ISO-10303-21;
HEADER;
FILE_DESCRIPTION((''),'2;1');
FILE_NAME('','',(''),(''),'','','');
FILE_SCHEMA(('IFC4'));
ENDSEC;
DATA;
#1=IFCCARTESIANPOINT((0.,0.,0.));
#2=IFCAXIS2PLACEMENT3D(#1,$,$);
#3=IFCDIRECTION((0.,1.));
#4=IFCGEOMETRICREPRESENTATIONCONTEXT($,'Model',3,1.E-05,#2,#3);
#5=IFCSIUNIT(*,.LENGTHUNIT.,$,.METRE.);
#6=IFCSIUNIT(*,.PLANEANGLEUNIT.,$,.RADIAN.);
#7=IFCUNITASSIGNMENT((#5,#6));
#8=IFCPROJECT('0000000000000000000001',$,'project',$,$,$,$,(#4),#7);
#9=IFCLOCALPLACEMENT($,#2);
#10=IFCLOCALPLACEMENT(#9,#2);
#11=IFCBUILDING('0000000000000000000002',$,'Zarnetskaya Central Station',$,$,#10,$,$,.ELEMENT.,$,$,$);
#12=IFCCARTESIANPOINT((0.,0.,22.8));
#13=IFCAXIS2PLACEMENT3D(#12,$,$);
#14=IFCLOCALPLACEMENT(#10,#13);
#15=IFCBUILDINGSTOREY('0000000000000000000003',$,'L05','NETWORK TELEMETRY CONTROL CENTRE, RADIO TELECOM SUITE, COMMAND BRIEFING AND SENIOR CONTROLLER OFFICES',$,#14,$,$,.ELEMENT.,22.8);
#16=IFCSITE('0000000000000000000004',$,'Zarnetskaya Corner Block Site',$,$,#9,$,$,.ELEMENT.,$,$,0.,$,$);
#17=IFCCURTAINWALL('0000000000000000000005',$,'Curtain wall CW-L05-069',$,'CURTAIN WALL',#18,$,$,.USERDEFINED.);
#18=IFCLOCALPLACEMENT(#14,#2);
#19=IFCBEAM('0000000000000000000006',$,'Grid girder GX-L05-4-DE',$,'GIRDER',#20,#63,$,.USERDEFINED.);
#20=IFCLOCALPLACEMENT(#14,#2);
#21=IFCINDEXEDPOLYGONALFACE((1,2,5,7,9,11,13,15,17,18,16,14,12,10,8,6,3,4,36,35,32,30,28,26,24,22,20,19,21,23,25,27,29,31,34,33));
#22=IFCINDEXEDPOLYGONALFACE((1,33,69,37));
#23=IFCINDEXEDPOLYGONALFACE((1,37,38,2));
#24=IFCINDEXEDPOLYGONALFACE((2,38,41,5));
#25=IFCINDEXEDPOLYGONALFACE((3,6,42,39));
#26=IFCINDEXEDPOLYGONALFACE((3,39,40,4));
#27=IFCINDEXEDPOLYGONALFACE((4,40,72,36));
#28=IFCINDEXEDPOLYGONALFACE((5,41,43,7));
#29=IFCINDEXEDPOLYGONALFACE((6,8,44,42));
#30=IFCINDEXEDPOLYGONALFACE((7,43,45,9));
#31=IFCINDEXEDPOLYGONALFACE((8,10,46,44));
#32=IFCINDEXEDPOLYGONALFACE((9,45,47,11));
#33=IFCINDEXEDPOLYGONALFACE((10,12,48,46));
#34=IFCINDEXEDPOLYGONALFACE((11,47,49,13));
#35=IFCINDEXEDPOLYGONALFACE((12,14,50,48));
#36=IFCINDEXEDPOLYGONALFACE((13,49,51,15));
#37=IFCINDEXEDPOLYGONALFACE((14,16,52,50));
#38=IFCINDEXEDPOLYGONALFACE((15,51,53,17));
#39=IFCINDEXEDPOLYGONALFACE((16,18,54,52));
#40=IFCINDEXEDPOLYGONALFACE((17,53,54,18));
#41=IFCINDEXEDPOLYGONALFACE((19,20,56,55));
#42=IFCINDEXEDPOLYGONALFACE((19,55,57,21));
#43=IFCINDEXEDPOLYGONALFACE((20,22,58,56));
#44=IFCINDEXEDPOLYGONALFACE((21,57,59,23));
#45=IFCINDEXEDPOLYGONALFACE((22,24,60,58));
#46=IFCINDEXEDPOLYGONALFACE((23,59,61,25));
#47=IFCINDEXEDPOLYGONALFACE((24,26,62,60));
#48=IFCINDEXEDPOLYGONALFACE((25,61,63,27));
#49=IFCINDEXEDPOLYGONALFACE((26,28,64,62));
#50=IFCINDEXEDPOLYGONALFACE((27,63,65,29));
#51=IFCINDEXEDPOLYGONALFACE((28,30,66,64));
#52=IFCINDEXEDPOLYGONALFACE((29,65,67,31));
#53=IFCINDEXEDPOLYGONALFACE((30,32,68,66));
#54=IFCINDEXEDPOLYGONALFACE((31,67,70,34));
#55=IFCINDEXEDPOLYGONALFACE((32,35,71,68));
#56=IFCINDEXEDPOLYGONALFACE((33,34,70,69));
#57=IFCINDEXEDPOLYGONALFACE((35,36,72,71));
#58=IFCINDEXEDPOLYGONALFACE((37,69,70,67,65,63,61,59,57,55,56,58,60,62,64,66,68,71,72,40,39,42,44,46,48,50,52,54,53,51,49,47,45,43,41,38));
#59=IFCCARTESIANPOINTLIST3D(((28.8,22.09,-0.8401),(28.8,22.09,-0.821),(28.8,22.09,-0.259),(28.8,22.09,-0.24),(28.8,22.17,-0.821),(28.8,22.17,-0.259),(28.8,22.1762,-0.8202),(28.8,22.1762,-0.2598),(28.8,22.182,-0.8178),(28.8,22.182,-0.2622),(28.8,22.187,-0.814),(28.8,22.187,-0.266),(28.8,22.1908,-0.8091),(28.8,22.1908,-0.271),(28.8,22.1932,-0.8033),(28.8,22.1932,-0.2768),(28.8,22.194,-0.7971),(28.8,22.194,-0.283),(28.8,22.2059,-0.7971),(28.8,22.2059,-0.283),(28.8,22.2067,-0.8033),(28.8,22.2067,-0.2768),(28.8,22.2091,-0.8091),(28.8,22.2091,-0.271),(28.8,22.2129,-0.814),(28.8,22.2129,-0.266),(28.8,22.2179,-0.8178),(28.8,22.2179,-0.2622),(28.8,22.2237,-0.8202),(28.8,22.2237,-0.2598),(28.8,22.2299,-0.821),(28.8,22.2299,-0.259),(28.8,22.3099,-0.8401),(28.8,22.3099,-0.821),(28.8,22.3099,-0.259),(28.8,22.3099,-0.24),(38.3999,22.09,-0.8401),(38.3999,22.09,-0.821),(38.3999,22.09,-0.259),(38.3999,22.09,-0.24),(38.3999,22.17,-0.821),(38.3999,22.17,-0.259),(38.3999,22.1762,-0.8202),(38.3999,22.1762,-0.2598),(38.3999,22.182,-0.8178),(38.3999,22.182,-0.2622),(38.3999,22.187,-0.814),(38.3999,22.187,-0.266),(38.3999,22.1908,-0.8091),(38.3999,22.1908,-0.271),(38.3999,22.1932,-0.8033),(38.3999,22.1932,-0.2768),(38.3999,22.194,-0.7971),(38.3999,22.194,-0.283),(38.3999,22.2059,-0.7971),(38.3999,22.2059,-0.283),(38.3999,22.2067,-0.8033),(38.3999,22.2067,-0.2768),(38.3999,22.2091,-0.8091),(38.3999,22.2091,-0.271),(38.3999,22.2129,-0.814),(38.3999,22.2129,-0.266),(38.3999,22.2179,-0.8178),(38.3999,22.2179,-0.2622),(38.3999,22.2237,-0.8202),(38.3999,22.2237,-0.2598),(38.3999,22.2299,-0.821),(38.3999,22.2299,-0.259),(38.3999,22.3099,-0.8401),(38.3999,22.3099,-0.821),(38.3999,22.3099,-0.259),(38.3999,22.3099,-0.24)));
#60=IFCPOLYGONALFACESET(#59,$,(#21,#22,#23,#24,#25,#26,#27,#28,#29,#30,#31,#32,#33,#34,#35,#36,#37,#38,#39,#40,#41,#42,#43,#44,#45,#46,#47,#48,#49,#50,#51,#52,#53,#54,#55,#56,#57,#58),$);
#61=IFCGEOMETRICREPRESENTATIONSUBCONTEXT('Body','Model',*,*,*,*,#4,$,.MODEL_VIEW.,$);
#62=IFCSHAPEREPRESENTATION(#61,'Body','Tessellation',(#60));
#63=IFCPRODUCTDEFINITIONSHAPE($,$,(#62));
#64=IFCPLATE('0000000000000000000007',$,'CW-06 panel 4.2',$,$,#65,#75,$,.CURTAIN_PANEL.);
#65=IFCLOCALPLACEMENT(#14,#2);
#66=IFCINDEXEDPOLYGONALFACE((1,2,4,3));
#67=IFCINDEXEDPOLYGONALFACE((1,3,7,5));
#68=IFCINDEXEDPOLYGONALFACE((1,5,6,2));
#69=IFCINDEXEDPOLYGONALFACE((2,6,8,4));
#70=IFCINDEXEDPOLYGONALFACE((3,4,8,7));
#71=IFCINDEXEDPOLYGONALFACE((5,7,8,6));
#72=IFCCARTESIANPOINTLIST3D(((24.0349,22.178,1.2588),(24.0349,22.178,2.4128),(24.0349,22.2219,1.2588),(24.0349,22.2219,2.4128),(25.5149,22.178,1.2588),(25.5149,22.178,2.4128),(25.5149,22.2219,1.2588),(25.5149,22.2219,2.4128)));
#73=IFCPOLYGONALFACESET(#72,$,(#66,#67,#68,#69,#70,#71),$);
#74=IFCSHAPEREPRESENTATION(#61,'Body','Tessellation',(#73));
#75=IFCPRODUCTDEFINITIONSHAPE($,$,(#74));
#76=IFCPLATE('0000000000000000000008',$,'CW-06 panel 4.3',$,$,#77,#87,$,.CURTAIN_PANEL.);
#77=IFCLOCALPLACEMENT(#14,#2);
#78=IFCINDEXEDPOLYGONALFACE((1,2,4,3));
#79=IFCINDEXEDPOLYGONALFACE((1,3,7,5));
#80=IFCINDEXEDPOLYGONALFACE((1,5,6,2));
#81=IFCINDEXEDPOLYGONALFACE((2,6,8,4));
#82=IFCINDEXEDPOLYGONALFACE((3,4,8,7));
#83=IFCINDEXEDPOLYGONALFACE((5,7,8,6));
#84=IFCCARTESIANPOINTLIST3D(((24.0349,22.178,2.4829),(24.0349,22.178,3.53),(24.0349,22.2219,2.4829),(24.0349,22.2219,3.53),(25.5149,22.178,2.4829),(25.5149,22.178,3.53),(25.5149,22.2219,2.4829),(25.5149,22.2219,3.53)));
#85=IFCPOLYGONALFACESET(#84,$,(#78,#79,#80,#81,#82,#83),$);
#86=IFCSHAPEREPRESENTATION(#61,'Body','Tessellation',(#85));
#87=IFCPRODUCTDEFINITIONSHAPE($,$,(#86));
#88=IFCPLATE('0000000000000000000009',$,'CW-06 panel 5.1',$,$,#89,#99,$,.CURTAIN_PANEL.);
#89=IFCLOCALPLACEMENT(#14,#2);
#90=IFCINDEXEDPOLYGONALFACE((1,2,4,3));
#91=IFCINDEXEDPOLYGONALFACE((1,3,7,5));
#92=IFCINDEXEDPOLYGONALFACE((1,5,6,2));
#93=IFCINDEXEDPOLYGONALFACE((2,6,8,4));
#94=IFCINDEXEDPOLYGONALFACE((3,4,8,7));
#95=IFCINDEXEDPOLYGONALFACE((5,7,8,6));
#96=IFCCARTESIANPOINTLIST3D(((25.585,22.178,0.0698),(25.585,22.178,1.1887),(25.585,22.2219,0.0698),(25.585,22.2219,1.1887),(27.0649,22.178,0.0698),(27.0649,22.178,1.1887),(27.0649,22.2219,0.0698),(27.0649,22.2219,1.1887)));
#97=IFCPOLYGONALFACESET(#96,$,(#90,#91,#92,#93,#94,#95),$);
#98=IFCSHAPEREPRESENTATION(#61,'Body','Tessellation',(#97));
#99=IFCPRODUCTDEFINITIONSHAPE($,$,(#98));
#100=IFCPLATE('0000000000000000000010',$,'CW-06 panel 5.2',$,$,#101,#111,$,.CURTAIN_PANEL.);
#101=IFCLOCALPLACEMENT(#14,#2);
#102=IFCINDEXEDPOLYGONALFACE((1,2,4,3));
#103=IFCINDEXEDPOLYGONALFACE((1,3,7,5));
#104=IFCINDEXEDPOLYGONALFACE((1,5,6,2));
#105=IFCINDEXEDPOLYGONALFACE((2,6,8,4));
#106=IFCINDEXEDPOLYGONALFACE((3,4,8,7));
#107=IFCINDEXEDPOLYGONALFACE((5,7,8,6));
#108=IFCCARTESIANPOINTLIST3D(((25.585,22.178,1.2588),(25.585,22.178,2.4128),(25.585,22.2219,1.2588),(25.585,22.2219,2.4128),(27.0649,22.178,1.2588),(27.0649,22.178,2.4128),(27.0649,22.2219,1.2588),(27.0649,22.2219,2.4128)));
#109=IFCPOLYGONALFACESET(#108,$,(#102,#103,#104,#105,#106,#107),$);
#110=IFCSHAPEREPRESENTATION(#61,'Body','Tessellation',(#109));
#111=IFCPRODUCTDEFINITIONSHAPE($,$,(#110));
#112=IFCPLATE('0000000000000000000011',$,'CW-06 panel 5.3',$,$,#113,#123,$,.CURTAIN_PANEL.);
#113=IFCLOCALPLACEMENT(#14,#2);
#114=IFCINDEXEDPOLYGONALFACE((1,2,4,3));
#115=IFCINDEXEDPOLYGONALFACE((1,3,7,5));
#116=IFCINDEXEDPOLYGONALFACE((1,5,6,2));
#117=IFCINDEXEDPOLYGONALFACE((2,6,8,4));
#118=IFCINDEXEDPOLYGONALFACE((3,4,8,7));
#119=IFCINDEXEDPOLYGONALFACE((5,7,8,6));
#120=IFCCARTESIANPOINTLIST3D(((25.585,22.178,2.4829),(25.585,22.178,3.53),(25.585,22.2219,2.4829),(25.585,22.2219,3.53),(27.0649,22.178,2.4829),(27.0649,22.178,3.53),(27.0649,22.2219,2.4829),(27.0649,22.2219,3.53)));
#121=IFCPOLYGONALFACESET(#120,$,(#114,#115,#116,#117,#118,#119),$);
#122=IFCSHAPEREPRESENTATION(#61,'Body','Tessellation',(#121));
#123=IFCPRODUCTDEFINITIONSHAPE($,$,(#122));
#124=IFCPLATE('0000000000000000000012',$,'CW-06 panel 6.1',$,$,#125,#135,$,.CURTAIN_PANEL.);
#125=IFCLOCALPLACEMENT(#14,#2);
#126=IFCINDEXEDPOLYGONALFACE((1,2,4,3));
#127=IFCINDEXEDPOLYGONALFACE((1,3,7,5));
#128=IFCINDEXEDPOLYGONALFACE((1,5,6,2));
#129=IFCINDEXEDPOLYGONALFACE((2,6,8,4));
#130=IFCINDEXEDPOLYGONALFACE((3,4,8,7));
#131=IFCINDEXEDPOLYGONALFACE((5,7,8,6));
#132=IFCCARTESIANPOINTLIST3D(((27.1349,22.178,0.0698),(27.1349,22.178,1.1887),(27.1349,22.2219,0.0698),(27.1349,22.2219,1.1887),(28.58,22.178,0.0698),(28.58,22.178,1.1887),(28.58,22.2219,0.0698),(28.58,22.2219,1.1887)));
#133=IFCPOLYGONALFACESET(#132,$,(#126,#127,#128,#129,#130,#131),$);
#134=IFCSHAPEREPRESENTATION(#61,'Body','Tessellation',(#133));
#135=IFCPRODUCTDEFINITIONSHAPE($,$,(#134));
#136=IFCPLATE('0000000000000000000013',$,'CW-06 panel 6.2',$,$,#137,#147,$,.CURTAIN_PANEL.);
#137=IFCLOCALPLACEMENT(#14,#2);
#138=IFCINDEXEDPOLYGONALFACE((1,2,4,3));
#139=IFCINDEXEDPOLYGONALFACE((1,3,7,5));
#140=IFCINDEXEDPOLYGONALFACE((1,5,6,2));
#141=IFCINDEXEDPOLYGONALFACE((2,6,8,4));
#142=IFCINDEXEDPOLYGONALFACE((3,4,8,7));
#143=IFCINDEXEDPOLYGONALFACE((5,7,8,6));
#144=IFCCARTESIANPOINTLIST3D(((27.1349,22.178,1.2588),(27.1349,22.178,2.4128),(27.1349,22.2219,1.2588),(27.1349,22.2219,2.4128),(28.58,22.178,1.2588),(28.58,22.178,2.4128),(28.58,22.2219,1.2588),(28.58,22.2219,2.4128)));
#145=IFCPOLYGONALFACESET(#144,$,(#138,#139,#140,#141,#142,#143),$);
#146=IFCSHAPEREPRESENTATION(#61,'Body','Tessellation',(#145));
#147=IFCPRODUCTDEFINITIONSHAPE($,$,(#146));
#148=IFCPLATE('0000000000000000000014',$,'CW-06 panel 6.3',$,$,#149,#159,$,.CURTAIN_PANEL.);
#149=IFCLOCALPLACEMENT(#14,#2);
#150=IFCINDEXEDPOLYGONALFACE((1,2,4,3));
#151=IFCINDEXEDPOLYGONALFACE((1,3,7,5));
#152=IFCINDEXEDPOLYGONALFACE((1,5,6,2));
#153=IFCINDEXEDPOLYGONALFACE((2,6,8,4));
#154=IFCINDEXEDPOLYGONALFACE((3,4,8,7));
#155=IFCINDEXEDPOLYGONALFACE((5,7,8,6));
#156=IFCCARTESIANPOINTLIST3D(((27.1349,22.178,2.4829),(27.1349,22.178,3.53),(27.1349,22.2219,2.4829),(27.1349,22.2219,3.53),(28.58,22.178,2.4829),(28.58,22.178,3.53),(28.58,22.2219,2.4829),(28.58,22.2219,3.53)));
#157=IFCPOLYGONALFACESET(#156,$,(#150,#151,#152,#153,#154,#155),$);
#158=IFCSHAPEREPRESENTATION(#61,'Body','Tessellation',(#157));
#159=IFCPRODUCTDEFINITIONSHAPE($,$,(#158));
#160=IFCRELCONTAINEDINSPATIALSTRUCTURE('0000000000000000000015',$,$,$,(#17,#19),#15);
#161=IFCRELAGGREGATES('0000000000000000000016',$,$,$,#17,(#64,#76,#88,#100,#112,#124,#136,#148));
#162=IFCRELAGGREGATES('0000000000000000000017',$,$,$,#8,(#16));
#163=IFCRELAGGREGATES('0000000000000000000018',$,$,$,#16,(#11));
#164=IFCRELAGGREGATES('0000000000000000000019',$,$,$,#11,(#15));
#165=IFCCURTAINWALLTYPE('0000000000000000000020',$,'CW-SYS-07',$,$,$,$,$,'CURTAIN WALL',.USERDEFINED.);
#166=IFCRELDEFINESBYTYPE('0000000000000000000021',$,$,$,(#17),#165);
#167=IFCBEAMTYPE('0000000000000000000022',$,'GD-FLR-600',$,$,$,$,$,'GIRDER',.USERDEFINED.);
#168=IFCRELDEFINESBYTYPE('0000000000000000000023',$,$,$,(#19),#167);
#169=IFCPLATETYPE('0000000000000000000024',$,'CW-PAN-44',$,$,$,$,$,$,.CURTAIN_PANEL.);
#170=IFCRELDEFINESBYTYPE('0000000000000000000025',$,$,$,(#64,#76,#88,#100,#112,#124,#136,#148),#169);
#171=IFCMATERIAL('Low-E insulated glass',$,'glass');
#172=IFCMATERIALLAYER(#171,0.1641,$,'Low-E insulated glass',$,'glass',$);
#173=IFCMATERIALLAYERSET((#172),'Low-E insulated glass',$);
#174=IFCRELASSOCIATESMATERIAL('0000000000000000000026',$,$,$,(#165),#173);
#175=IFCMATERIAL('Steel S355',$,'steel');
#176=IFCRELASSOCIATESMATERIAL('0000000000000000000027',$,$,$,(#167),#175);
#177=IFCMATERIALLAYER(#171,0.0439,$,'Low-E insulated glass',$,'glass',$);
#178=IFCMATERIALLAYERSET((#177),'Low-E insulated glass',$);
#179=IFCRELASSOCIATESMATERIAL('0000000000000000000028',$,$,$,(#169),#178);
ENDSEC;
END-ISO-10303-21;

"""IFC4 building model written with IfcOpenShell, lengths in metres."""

from ifc_helpers import new_model, si_unit, direction, frame, origin, origin_2d, place, context, subcontext, project, spatial, rectangle, i_section, extrude, material, layer, layer_set, material_profile, profile_set, type_object, element, aggregate, save


model = new_model("IFC4")

# Units and contexts
model_context = context("Model", 3, precision=1e-05, world=origin(), true_north=direction((0.0, 1.0)))
body_context = subcontext(model_context, "Body", "Model", "MODEL_VIEW")
ifc_project = project(units=[si_unit("LENGTHUNIT", "METRE"), si_unit("PLANEANGLEUNIT", "RADIAN")], contexts=[model_context])

# Site, building, storey
site_placement = place(None, origin())
site = spatial("IfcSite", under=ifc_project, at=site_placement, Name="Zarnetskaya Corner Block Site", CompositionType="ELEMENT", RefElevation=0.0)
building_placement = place(site_placement, origin())
building = spatial("IfcBuilding", under=site, at=building_placement, Name="Zarnetskaya Central Station", CompositionType="ELEMENT")
storey_placement = place(building_placement, frame((0.0, 0.0, 22.8)))
storey = spatial("IfcBuildingStorey", under=building, at=storey_placement, Name="L05", Description="NETWORK TELEMETRY CONTROL CENTRE, RADIO TELECOM SUITE, COMMAND BRIEFING AND SENIOR CONTROLLER OFFICES", CompositionType="ELEMENT", Elevation=22.8)

# Shared definitions
ifc_material_1 = material(Name="Steel S355", Category="steel")

# Curtain wall
ifc_material_2 = material(Name="Low-E insulated glass", Category="glass")
ifc_layer_1 = layer(ifc_material_2, 0.1641, Name="Low-E insulated glass", Category="glass")
ifc_layer_set_1 = layer_set([ifc_layer_1], Name="Low-E insulated glass")
curtain_wall_type = type_object("IfcCurtainWallType", Name="CW-SYS-07", ElementType="CURTAIN WALL", PredefinedType="USERDEFINED", material=ifc_layer_set_1)
curtain_wall_placement = place(storey_placement, origin())
curtain_wall = element("IfcCurtainWall", 1, at=curtain_wall_placement, inside=storey, type_object=curtain_wall_type, Name="Curtain wall CW-L05-069", ObjectType="CURTAIN WALL", PredefinedType="USERDEFINED")

# Beam
ifc_material_profile_1 = material_profile(ifc_material_1, i_section(OverallWidth=0.22, OverallDepth=0.6001, WebThickness=0.012, FlangeThickness=0.019, FilletRadius=0.0239, at=origin_2d()), Name="IPE 600")
ifc_profile_set_1 = profile_set([ifc_material_profile_1], Name="Steel S355")
beam_type = type_object("IfcBeamType", Name="GD-FLR-600", ElementType="GIRDER", PredefinedType="USERDEFINED", material=ifc_profile_set_1)
beam_placement = place(storey_placement, frame((28.8, 22.2, -0.54), z_axis=(1.0, 0.0, 0.0), x_axis=(0.0, 1.0, 0.0)))
element("IfcBeam", 2, at=beam_placement, inside=storey, type_object=beam_type, Name="Grid girder GX-L05-4-DE", ObjectType="GIRDER", PredefinedType="USERDEFINED", context=body_context, shape_type="SweptSolid", body=[
    extrude(i_section(OverallWidth=0.22, OverallDepth=0.6001, WebThickness=0.012, FlangeThickness=0.019, FilletRadius=0.0239, at=origin_2d()), origin(), (0.0, 0.0, 1.0), 9.5999),
])

# Plates
ifc_layer_2 = layer(ifc_material_2, 0.0439, Name="Low-E insulated glass", Category="glass")
ifc_layer_set_2 = layer_set([ifc_layer_2], Name="Low-E insulated glass")
plate_type = type_object("IfcPlateType", Name="CW-PAN-44", PredefinedType="CURTAIN_PANEL", material=ifc_layer_set_2)
plate_1_placement = place(storey_placement, frame((24.7749, 22.2, 1.2588), z_axis=(0.0, 0.0, 1.0), x_axis=(1.0, 0.0, 0.0)))
plate_1 = element("IfcPlate", 3, at=plate_1_placement, type_object=plate_type, Name="CW-06 panel 4.2", PredefinedType="CURTAIN_PANEL", context=body_context, shape_type="SweptSolid", body=[
    extrude(rectangle(XDim=1.48, YDim=0.0439, at=origin_2d()), origin(), (0.0, 0.0, 1.0), 1.1541),
])
plate_2_placement = place(storey_placement, frame((24.7749, 22.2, 2.4829), z_axis=(0.0, 0.0, 1.0), x_axis=(1.0, 0.0, 0.0)))
plate_2 = element("IfcPlate", 4, at=plate_2_placement, type_object=plate_type, Name="CW-06 panel 4.3", PredefinedType="CURTAIN_PANEL", context=body_context, shape_type="SweptSolid", body=[
    extrude(rectangle(XDim=1.48, YDim=0.0439, at=origin_2d()), origin(), (0.0, 0.0, 1.0), 1.0471),
])
plate_3_placement = place(storey_placement, frame((26.325, 22.2, 0.0698), z_axis=(0.0, 0.0, 1.0), x_axis=(1.0, 0.0, 0.0)))
plate_3 = element("IfcPlate", 5, at=plate_3_placement, type_object=plate_type, Name="CW-06 panel 5.1", PredefinedType="CURTAIN_PANEL", context=body_context, shape_type="SweptSolid", body=[
    extrude(rectangle(XDim=1.48, YDim=0.0439, at=origin_2d()), origin(), (0.0, 0.0, 1.0), 1.1189),
])
plate_4_placement = place(storey_placement, frame((26.325, 22.2, 1.2588), z_axis=(0.0, 0.0, 1.0), x_axis=(1.0, 0.0, 0.0)))
plate_4 = element("IfcPlate", 6, at=plate_4_placement, type_object=plate_type, Name="CW-06 panel 5.2", PredefinedType="CURTAIN_PANEL", context=body_context, shape_type="SweptSolid", body=[
    extrude(rectangle(XDim=1.48, YDim=0.0439, at=origin_2d()), origin(), (0.0, 0.0, 1.0), 1.1541),
])
plate_5_placement = place(storey_placement, frame((26.325, 22.2, 2.4829), z_axis=(0.0, 0.0, 1.0), x_axis=(1.0, 0.0, 0.0)))
plate_5 = element("IfcPlate", 7, at=plate_5_placement, type_object=plate_type, Name="CW-06 panel 5.3", PredefinedType="CURTAIN_PANEL", context=body_context, shape_type="SweptSolid", body=[
    extrude(rectangle(XDim=1.48, YDim=0.0439, at=origin_2d()), origin(), (0.0, 0.0, 1.0), 1.0471),
])
plate_6_placement = place(storey_placement, frame((27.8574, 22.2, 0.0698), z_axis=(0.0, 0.0, 1.0), x_axis=(1.0, 0.0, 0.0)))
plate_6 = element("IfcPlate", 8, at=plate_6_placement, type_object=plate_type, Name="CW-06 panel 6.1", PredefinedType="CURTAIN_PANEL", context=body_context, shape_type="SweptSolid", body=[
    extrude(rectangle(XDim=1.4451, YDim=0.0439, at=origin_2d()), origin(), (0.0, 0.0, 1.0), 1.1189),
])
plate_7_placement = place(storey_placement, frame((27.8574, 22.2, 1.2588), z_axis=(0.0, 0.0, 1.0), x_axis=(1.0, 0.0, 0.0)))
plate_7 = element("IfcPlate", 9, at=plate_7_placement, type_object=plate_type, Name="CW-06 panel 6.2", PredefinedType="CURTAIN_PANEL", context=body_context, shape_type="SweptSolid", body=[
    extrude(rectangle(XDim=1.4451, YDim=0.0439, at=origin_2d()), origin(), (0.0, 0.0, 1.0), 1.1541),
])
plate_8_placement = place(storey_placement, frame((27.8574, 22.2, 2.4829), z_axis=(0.0, 0.0, 1.0), x_axis=(1.0, 0.0, 0.0)))
plate_8 = element("IfcPlate", 10, at=plate_8_placement, type_object=plate_type, Name="CW-06 panel 6.3", PredefinedType="CURTAIN_PANEL", context=body_context, shape_type="SweptSolid", body=[
    extrude(rectangle(XDim=1.4451, YDim=0.0439, at=origin_2d()), origin(), (0.0, 0.0, 1.0), 1.0471),
])
aggregate(curtain_wall, [plate_1, plate_2, plate_3, plate_4, plate_5, plate_6, plate_7, plate_8])

save(model, "model.ifc")
